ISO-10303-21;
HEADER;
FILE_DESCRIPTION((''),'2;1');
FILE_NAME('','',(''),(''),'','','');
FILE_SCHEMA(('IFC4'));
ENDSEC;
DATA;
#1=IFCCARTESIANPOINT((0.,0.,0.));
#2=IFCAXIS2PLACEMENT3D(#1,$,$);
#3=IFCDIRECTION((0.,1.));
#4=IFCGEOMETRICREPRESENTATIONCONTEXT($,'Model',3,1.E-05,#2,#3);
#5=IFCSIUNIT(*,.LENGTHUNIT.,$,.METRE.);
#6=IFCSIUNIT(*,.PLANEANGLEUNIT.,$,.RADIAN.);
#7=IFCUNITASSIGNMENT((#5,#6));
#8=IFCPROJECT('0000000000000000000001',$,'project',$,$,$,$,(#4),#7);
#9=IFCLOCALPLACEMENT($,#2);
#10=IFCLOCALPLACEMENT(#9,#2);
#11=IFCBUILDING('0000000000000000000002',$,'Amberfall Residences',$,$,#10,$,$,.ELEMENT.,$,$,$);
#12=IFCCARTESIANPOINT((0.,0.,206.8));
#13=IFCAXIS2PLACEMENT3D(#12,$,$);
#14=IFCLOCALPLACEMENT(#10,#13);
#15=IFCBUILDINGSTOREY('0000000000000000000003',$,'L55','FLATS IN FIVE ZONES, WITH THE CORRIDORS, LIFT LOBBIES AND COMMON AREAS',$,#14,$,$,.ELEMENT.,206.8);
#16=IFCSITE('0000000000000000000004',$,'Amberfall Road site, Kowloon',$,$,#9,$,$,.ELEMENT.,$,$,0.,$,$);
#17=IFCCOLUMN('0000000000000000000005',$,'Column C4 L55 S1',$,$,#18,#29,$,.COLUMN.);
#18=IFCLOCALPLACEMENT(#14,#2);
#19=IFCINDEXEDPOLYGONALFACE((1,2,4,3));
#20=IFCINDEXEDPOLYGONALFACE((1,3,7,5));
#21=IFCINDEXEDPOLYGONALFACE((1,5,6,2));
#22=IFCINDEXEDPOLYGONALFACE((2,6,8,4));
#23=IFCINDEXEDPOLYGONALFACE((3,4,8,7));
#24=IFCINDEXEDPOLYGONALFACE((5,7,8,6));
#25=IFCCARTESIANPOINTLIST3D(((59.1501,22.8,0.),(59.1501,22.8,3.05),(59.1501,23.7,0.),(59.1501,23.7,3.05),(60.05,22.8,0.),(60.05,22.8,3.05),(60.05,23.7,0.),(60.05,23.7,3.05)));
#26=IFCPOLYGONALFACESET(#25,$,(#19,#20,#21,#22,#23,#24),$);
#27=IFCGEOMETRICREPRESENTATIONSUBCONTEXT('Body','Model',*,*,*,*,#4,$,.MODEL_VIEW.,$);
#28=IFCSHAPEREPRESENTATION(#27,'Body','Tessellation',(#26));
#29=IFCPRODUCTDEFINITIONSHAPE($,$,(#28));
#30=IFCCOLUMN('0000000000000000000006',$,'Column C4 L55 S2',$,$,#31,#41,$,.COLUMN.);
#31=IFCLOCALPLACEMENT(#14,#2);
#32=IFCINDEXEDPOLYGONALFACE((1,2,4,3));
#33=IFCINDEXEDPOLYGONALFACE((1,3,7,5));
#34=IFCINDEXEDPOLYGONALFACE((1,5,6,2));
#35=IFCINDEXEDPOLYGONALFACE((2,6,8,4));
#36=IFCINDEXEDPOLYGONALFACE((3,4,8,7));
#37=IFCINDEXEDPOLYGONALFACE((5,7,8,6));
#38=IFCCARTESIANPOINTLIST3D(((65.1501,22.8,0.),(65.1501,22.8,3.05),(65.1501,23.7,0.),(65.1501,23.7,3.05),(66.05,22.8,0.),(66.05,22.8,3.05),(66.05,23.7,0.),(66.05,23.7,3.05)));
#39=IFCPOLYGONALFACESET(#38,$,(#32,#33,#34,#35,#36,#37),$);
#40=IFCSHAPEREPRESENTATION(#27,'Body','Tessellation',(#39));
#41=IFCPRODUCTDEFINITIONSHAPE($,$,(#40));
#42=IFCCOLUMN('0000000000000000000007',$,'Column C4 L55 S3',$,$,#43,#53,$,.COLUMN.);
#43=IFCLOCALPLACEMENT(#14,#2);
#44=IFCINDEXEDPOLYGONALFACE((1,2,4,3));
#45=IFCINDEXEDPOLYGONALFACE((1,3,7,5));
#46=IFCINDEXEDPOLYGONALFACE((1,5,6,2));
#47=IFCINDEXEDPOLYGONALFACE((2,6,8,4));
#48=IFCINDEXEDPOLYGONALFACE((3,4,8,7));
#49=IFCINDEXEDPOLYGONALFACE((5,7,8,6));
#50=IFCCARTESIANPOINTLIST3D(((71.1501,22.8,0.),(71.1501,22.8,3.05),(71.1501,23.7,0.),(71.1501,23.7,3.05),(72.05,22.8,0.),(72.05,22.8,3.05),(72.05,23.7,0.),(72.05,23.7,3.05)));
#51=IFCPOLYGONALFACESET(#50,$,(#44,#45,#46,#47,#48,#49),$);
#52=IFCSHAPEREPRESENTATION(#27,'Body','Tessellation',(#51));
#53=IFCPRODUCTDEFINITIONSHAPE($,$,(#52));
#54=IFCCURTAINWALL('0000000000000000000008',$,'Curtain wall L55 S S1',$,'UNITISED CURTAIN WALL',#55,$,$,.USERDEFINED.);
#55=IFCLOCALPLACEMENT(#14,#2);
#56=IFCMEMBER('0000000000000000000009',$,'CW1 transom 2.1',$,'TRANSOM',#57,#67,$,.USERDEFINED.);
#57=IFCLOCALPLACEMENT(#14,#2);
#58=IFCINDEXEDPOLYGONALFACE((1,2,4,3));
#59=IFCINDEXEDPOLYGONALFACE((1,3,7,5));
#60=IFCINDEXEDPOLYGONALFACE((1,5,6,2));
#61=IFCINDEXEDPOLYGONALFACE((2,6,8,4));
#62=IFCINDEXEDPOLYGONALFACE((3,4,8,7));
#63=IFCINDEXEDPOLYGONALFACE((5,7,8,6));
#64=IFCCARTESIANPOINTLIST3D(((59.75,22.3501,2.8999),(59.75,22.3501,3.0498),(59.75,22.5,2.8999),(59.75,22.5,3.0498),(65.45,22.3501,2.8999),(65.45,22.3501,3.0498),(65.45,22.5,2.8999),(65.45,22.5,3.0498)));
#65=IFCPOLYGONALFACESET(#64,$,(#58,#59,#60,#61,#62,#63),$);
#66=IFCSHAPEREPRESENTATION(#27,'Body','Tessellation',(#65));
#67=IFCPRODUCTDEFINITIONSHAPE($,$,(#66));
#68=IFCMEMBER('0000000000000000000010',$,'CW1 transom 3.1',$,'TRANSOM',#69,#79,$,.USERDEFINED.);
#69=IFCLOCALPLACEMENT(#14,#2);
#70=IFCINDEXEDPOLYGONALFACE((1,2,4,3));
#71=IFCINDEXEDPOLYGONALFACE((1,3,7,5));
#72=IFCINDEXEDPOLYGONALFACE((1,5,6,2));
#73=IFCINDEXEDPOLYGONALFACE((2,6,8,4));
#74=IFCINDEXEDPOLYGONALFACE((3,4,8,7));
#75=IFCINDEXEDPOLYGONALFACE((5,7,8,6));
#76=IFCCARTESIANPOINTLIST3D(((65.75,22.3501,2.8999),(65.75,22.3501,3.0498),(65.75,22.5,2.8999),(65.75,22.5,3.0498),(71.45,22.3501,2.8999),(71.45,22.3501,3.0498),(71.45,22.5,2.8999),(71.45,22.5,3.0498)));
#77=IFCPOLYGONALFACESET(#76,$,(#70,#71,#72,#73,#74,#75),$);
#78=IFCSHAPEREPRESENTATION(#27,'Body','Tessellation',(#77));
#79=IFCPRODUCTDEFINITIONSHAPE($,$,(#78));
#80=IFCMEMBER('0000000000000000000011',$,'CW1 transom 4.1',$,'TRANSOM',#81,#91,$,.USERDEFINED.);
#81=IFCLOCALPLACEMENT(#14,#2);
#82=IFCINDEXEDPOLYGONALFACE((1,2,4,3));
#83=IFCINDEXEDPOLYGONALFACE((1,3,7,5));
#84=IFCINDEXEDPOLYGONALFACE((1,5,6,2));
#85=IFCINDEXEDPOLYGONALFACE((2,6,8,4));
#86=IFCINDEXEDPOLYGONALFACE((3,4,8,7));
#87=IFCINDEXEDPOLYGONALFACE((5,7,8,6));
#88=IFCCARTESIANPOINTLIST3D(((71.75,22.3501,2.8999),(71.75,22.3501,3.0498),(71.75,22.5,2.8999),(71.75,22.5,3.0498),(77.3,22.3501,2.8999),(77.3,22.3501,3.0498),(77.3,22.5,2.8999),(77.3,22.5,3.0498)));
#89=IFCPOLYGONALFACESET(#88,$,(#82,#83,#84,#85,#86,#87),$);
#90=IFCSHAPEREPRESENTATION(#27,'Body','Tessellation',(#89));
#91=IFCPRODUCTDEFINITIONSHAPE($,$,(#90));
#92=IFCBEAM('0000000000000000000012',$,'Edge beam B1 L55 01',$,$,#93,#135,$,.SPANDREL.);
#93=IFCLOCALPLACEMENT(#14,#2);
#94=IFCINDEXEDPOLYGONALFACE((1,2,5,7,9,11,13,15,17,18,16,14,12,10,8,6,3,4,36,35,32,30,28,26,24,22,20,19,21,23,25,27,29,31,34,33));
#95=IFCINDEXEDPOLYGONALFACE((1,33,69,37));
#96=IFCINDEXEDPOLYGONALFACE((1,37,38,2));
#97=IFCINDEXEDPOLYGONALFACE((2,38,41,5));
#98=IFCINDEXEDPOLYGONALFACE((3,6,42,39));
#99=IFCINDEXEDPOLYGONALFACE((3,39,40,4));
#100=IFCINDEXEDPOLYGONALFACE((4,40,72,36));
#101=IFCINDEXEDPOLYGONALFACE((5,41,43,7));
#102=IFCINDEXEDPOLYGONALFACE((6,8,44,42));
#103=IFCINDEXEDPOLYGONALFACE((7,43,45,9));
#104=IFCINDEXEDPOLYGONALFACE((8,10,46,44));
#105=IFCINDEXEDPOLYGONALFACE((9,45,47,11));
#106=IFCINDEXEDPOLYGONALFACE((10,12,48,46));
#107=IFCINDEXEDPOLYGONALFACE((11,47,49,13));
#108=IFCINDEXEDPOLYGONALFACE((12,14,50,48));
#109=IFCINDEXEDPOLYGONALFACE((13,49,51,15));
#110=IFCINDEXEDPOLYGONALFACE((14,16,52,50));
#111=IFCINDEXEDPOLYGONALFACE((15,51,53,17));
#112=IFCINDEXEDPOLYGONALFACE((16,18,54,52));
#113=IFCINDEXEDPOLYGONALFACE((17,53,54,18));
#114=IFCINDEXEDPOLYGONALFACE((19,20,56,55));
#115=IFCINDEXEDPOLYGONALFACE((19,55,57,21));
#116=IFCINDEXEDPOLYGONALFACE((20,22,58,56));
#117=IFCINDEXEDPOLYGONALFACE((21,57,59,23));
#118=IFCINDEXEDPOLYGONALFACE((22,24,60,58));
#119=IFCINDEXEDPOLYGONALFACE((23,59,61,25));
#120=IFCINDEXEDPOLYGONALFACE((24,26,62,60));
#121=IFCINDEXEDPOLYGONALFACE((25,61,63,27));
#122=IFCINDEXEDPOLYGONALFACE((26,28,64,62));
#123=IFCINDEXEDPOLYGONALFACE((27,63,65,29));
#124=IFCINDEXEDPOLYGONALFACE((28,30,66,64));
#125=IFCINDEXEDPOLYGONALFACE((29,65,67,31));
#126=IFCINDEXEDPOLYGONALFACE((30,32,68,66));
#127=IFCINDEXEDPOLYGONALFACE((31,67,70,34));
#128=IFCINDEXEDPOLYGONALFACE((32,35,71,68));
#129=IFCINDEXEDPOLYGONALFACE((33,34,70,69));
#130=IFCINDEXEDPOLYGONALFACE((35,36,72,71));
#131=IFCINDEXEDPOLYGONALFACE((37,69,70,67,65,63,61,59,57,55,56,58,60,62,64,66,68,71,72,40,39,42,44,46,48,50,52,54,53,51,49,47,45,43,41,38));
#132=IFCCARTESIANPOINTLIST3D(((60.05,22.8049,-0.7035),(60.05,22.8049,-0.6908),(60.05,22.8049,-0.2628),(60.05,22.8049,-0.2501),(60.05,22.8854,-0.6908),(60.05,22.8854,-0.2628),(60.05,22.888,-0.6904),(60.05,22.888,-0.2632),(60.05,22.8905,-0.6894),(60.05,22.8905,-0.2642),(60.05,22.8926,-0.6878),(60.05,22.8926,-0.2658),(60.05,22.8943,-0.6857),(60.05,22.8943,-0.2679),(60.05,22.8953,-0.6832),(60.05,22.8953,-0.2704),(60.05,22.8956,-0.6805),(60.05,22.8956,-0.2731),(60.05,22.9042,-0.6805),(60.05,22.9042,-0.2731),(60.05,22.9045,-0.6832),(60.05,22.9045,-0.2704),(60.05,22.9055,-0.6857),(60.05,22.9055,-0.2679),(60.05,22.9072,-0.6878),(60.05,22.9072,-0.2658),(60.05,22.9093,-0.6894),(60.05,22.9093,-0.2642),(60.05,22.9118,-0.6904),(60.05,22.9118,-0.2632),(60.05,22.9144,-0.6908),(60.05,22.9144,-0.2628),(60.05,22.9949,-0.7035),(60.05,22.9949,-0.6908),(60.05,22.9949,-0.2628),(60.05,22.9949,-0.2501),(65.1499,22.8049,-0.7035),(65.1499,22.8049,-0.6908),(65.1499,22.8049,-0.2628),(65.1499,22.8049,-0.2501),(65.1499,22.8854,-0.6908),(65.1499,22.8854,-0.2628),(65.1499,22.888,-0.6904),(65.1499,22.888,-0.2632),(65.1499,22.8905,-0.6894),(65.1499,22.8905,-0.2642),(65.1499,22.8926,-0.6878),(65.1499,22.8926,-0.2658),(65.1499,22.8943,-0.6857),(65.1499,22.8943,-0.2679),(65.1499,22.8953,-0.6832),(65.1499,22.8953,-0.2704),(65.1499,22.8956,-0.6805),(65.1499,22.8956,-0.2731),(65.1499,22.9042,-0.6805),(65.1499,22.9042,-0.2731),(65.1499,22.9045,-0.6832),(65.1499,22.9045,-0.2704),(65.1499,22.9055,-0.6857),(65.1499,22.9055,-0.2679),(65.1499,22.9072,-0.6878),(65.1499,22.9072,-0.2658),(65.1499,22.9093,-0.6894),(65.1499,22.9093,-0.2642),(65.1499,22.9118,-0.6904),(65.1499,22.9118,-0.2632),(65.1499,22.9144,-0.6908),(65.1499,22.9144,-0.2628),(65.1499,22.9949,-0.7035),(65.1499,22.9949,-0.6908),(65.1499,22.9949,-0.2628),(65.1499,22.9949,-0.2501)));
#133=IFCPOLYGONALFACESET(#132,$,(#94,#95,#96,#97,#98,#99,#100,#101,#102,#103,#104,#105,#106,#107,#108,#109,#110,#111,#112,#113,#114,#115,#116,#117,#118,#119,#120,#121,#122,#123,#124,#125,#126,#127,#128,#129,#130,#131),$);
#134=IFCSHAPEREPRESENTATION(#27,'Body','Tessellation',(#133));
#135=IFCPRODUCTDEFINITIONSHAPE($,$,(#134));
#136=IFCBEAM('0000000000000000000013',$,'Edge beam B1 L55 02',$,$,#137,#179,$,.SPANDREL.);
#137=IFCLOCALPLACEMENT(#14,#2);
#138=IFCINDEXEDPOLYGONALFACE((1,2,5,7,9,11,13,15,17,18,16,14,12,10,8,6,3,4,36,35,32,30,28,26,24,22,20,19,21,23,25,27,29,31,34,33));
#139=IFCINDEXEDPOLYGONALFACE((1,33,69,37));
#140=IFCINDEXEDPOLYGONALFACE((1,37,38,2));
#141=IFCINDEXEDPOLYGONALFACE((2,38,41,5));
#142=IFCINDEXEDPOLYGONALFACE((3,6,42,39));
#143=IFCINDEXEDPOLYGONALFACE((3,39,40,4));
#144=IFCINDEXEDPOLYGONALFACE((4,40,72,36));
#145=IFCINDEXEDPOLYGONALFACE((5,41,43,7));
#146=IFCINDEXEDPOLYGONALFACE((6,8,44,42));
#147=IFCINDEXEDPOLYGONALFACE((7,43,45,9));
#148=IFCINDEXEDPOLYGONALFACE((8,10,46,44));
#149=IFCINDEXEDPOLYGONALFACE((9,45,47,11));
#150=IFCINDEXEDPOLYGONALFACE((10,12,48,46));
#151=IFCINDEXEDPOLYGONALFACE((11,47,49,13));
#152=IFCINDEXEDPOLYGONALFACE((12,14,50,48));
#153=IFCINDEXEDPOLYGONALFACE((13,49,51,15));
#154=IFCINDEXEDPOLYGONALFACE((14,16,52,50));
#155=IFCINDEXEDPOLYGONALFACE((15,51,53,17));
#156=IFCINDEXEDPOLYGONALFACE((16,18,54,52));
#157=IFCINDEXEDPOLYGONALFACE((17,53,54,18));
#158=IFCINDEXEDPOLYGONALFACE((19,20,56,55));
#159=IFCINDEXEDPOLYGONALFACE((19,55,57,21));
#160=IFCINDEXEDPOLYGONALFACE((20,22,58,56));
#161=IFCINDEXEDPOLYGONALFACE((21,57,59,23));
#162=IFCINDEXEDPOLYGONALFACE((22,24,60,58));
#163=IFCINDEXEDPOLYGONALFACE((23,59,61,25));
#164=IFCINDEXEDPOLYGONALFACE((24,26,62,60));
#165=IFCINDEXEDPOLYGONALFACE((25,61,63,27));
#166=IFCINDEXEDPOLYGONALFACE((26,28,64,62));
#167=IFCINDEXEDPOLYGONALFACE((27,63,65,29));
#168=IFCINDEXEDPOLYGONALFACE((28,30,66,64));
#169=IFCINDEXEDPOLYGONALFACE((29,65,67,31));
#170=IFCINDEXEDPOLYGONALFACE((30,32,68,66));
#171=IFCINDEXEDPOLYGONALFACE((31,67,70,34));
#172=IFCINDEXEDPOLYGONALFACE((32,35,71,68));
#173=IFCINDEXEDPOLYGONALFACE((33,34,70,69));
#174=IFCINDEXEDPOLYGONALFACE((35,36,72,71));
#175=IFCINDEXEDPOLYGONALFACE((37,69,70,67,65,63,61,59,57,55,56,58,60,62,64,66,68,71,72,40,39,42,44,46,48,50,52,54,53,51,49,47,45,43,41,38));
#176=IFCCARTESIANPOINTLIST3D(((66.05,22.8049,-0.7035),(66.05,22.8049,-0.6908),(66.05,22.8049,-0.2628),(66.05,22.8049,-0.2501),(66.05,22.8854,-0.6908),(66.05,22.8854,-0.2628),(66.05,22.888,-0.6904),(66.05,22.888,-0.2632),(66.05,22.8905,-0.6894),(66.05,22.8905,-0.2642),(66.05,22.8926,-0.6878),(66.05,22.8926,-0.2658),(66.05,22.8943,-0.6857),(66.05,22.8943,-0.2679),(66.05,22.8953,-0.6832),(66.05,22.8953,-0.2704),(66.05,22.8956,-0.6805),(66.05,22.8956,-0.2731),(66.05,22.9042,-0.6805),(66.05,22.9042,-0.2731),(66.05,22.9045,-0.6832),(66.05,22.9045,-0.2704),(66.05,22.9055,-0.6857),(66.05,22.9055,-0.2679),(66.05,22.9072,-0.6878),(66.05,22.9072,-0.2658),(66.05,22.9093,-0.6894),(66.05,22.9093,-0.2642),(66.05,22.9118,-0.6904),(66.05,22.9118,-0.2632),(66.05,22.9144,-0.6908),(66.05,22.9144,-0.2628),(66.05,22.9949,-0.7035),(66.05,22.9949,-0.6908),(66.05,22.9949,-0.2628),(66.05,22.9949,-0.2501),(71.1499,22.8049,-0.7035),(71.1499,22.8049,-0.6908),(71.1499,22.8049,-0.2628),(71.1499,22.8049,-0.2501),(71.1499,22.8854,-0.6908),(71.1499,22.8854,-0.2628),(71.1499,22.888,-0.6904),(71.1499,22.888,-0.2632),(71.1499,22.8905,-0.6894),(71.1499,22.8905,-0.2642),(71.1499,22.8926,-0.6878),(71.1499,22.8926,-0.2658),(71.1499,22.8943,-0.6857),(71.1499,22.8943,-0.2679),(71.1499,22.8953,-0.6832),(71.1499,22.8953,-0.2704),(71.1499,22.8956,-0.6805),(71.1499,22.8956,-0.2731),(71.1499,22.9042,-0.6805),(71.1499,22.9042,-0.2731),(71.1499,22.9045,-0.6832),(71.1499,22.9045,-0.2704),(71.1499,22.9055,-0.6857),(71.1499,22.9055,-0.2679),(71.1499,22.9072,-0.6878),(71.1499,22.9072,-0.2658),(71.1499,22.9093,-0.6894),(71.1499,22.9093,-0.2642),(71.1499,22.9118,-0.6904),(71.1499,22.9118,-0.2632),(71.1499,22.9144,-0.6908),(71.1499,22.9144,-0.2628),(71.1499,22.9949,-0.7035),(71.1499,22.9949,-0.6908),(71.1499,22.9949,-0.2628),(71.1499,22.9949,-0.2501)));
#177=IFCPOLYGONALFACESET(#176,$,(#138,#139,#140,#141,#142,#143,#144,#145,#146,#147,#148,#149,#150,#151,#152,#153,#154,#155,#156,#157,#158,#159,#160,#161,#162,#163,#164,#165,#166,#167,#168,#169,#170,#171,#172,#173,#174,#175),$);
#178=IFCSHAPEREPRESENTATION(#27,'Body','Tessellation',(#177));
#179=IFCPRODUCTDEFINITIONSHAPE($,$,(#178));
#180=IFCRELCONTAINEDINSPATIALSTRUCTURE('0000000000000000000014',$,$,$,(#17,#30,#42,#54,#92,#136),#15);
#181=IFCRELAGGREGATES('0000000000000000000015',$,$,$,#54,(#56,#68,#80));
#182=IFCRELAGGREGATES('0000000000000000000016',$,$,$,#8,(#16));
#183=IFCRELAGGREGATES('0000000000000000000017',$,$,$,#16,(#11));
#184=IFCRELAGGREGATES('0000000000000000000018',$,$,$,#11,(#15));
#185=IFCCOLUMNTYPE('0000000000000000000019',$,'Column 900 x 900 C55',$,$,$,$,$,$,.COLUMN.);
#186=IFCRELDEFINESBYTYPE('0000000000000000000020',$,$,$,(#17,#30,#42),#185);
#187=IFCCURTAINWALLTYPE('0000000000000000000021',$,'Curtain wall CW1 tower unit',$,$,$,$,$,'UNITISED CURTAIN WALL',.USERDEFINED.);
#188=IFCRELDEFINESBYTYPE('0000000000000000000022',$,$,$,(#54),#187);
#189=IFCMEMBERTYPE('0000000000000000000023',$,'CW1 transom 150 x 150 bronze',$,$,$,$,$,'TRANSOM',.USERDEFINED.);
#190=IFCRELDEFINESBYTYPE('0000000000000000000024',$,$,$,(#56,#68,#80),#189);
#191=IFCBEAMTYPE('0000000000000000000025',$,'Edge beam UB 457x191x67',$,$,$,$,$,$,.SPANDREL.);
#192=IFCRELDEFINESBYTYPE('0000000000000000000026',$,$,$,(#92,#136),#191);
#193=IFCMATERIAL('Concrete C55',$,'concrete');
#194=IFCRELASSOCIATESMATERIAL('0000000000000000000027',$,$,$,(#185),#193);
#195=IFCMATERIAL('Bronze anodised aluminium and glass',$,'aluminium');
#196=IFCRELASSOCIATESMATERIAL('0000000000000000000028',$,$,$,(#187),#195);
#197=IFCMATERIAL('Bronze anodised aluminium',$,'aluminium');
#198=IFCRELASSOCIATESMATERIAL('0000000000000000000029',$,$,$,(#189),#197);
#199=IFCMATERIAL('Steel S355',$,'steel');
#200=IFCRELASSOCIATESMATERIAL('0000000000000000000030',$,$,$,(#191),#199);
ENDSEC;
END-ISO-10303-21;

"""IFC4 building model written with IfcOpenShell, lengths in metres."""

from ifc_helpers import new_model, si_unit, direction, frame, origin, origin_2d, place, context, subcontext, project, spatial, rectangle, i_section, extrude, material, material_profile, profile_set, type_object, element, aggregate, save


model = new_model("IFC4")

# Units and contexts
model_context = context("Model", 3, precision=1e-05, world=origin(), true_north=direction((0.0, 1.0)))
body_context = subcontext(model_context, "Body", "Model", "MODEL_VIEW")
ifc_project = project(units=[si_unit("LENGTHUNIT", "METRE"), si_unit("PLANEANGLEUNIT", "RADIAN")], contexts=[model_context])

# Site, building, storey
site_placement = place(None, origin())
site = spatial("IfcSite", under=ifc_project, at=site_placement, Name="Amberfall Road site, Kowloon", CompositionType="ELEMENT", RefElevation=0.0)
building_placement = place(site_placement, origin())
building = spatial("IfcBuilding", under=site, at=building_placement, Name="Amberfall Residences", CompositionType="ELEMENT")
storey_placement = place(building_placement, frame((0.0, 0.0, 206.8)))
storey = spatial("IfcBuildingStorey", under=building, at=storey_placement, Name="L55", Description="FLATS IN FIVE ZONES, WITH THE CORRIDORS, LIFT LOBBIES AND COMMON AREAS", CompositionType="ELEMENT", Elevation=206.8)

# Columns
ifc_material_1 = material(Name="Concrete C55", Category="concrete")
ifc_material_profile_1 = material_profile(ifc_material_1, rectangle(XDim=0.8999, YDim=0.8999, at=origin_2d()), Name="Column 900 x 900 C55")
ifc_profile_set_1 = profile_set([ifc_material_profile_1], Name="Concrete C55")
column_type = type_object("IfcColumnType", Name="Column 900 x 900 C55", PredefinedType="COLUMN", material=ifc_profile_set_1)
for number, where, z_axis, x_axis, name in (
    (1, (59.6001, 23.25, 0.0), (0.0, 0.0, 1.0), (1.0, 0.0, 0.0), "Column C4 L55 S1"),
    (2, (65.6001, 23.25, 0.0), (0.0, 0.0, 1.0), (1.0, 0.0, 0.0), "Column C4 L55 S2"),
    (3, (71.6001, 23.25, 0.0), (0.0, 0.0, 1.0), (1.0, 0.0, 0.0), "Column C4 L55 S3"),
):
    element("IfcColumn", number, at=place(storey_placement, frame(where, z_axis=z_axis, x_axis=x_axis)), inside=storey, type_object=column_type, Name=name, PredefinedType="COLUMN", context=body_context, shape_type="SweptSolid", body=[
        extrude(rectangle(XDim=0.8999, YDim=0.8999, at=origin_2d()), origin(), (0.0, 0.0, 1.0), 3.05),
    ])

# Curtain wall, members
ifc_material_2 = material(Name="Bronze anodised aluminium and glass", Category="aluminium")
curtain_wall_type = type_object("IfcCurtainWallType", Name="Curtain wall CW1 tower unit", ElementType="UNITISED CURTAIN WALL", PredefinedType="USERDEFINED", material=ifc_material_2)
curtain_wall_placement = place(storey_placement, origin())
curtain_wall = element("IfcCurtainWall", 4, at=curtain_wall_placement, inside=storey, type_object=curtain_wall_type, Name="Curtain wall L55 S S1", ObjectType="UNITISED CURTAIN WALL", PredefinedType="USERDEFINED")
ifc_material_3 = material(Name="Bronze anodised aluminium", Category="aluminium")
ifc_material_profile_2 = material_profile(ifc_material_3, rectangle(XDim=0.1499, YDim=0.1499, at=origin_2d()), Name="CW1 transom 150 x 150 bronze")
ifc_profile_set_2 = profile_set([ifc_material_profile_2], Name="Bronze anodised aluminium")
member_type_1 = type_object("IfcMemberType", Name="CW1 transom 150 x 150 bronze", ElementType="TRANSOM", PredefinedType="USERDEFINED", material=ifc_profile_set_2)
member_1_placement = place(storey_placement, frame((59.75, 22.425, 2.9749), z_axis=(1.0, 0.0, 0.0), x_axis=(0.0, 1.0, 0.0)))
member_1 = element("IfcMember", 5, at=member_1_placement, type_object=member_type_1, Name="CW1 transom 2.1", ObjectType="TRANSOM", PredefinedType="USERDEFINED", context=body_context, shape_type="SweptSolid", body=[
    extrude(rectangle(XDim=0.1499, YDim=0.1499, at=origin_2d()), origin(), (0.0, 0.0, 1.0), 5.7),
])
member_2_placement = place(storey_placement, frame((65.75, 22.425, 2.9749), z_axis=(1.0, 0.0, 0.0), x_axis=(0.0, 1.0, 0.0)))
member_2 = element("IfcMember", 6, at=member_2_placement, type_object=member_type_1, Name="CW1 transom 3.1", ObjectType="TRANSOM", PredefinedType="USERDEFINED", context=body_context, shape_type="SweptSolid", body=[
    extrude(rectangle(XDim=0.1499, YDim=0.1499, at=origin_2d()), origin(), (0.0, 0.0, 1.0), 5.7),
])
member_3_placement = place(storey_placement, frame((71.75, 22.425, 2.9749), z_axis=(1.0, 0.0, 0.0), x_axis=(0.0, 1.0, 0.0)))
member_3 = element("IfcMember", 7, at=member_3_placement, type_object=member_type_1, Name="CW1 transom 4.1", ObjectType="TRANSOM", PredefinedType="USERDEFINED", context=body_context, shape_type="SweptSolid", body=[
    extrude(rectangle(XDim=0.1499, YDim=0.1499, at=origin_2d()), origin(), (0.0, 0.0, 1.0), 5.55),
])

# Beams
ifc_material_4 = material(Name="Steel S355", Category="steel")
ifc_material_profile_3 = material_profile(ifc_material_4, i_section(OverallWidth=0.1899, OverallDepth=0.4534, WebThickness=0.0085, FlangeThickness=0.0127, FilletRadius=0.0103, at=origin_2d()), Name="UB 457x191x67")
ifc_profile_set_3 = profile_set([ifc_material_profile_3], Name="Steel S355")
beam_type_1 = type_object("IfcBeamType", Name="Edge beam UB 457x191x67", PredefinedType="SPANDREL", material=ifc_profile_set_3)
for number, where, z_axis, x_axis, name in (
    (8, (60.05, 22.8999, -0.4768), (1.0, 0.0, 0.0), (0.0, 1.0, 0.0), "Edge beam B1 L55 01"),
    (9, (66.05, 22.8999, -0.4768), (1.0, 0.0, 0.0), (0.0, 1.0, 0.0), "Edge beam B1 L55 02"),
):
    element("IfcBeam", number, at=place(storey_placement, frame(where, z_axis=z_axis, x_axis=x_axis)), inside=storey, type_object=beam_type_1, Name=name, PredefinedType="SPANDREL", context=body_context, shape_type="SweptSolid", body=[
        extrude(i_section(OverallWidth=0.1899, OverallDepth=0.4534, WebThickness=0.0085, FlangeThickness=0.0127, FilletRadius=0.0103, at=origin_2d()), origin(), (0.0, 0.0, 1.0), 5.0999),
    ])

aggregate(curtain_wall, [member_1, member_2, member_3])

save(model, "model.ifc")
